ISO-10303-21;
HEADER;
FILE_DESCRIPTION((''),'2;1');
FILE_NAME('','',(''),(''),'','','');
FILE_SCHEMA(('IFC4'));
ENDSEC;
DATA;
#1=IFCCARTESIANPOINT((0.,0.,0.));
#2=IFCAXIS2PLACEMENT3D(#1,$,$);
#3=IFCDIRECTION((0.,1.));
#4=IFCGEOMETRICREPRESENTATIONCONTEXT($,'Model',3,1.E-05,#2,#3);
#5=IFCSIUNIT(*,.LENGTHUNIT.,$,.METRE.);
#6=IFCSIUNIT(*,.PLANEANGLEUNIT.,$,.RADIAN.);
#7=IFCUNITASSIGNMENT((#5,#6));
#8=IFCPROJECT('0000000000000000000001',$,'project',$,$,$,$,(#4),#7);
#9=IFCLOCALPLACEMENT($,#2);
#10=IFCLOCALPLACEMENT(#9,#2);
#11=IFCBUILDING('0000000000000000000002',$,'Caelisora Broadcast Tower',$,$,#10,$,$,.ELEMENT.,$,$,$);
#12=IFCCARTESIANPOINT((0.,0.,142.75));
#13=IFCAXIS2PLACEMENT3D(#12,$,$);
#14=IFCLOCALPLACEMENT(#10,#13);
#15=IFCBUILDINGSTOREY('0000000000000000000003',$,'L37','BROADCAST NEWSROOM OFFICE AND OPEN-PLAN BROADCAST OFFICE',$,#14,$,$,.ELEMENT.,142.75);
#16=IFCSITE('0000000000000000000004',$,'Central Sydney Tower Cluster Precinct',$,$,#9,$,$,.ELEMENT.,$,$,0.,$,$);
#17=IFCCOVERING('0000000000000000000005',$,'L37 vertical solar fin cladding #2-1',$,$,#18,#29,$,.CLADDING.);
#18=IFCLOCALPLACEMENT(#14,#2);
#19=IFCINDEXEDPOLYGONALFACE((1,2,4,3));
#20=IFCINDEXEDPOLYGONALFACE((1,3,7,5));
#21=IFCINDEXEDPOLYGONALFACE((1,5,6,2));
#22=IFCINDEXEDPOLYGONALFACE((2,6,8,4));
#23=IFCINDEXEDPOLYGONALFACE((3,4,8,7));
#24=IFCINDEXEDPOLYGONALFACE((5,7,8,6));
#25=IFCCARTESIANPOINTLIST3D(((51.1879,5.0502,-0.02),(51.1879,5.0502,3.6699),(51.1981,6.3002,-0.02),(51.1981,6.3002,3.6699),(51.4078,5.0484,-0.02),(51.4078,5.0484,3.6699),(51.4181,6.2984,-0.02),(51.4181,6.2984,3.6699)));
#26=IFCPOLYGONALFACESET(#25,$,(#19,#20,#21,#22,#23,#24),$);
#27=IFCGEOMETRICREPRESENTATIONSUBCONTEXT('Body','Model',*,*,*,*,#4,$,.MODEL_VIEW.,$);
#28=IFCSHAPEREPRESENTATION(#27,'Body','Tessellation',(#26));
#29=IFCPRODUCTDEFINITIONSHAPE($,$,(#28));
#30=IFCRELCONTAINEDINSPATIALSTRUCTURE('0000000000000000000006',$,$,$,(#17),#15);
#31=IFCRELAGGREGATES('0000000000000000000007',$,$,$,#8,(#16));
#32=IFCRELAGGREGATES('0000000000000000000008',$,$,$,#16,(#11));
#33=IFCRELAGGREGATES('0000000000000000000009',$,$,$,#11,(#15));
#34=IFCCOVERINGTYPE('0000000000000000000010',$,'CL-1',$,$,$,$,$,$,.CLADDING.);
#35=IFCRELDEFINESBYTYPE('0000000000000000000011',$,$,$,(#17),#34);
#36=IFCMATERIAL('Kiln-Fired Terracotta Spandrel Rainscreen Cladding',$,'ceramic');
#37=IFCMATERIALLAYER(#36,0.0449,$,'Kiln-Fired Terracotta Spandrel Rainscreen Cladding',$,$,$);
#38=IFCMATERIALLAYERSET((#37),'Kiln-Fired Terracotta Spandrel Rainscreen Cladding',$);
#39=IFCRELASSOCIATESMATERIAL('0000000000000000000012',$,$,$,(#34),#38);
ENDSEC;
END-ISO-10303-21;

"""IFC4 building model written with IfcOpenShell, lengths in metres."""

from ifc_helpers import new_model, si_unit, direction, frame, origin, origin_2d, place, context, subcontext, project, spatial, rectangle, extrude, source, transform, mapped, material, layer, layer_set, type_object, type_shapes, element, save


model = new_model("IFC4")

# Units and contexts
model_context = context("Model", 3, precision=1e-05, world=origin(), true_north=direction((0.0, 1.0)))
body_context = subcontext(model_context, "Body", "Model", "MODEL_VIEW")
ifc_project = project(units=[si_unit("LENGTHUNIT", "METRE"), si_unit("PLANEANGLEUNIT", "RADIAN")], contexts=[model_context])

# Site, building, storey
site_placement = place(None, origin())
site = spatial("IfcSite", under=ifc_project, at=site_placement, Name="Central Sydney Tower Cluster Precinct", CompositionType="ELEMENT", RefElevation=0.0)
building_placement = place(site_placement, origin())
building = spatial("IfcBuilding", under=site, at=building_placement, Name="Caelisora Broadcast Tower", CompositionType="ELEMENT")
storey_placement = place(building_placement, frame((0.0, 0.0, 142.75)))
storey = spatial("IfcBuildingStorey", under=building, at=storey_placement, Name="L37", Description="BROADCAST NEWSROOM OFFICE AND OPEN-PLAN BROADCAST OFFICE", CompositionType="ELEMENT", Elevation=142.75)

# Covering
ifc_material_1 = material(Name="Kiln-Fired Terracotta Spandrel Rainscreen Cladding", Category="ceramic")
ifc_layer_1 = layer(ifc_material_1, 0.0449, Name="Kiln-Fired Terracotta Spandrel Rainscreen Cladding")
ifc_layer_set_1 = layer_set([ifc_layer_1], Name="Kiln-Fired Terracotta Spandrel Rainscreen Cladding")
covering_type = type_object("IfcCoveringType", Name="CL-1", PredefinedType="CLADDING", material=ifc_layer_set_1)
shared_shape_1 = source(origin(), body_context, "Body", "SweptSolid", [
    extrude(rectangle(XDim=0.22, YDim=1.25, at=origin_2d()), origin(), (0.0, 0.0, 1.0), 3.6899),
])
type_shapes(covering_type, [shared_shape_1])
covering_placement = place(storey_placement, frame((51.303, 5.6743, -0.02), z_axis=(0.0, 0.0, 1.0), x_axis=(-0.999966, 0.008203, 0.0)))
element("IfcCovering", 1, at=covering_placement, inside=storey, type_object=covering_type, Name="L37 vertical solar fin cladding #2-1", PredefinedType="CLADDING", context=body_context, shape_type="MappedRepresentation", body=[
    mapped(shared_shape_1, transform((0.0, 0.0, 0.0), scale=1.0)),
])

save(model, "model.ifc")
